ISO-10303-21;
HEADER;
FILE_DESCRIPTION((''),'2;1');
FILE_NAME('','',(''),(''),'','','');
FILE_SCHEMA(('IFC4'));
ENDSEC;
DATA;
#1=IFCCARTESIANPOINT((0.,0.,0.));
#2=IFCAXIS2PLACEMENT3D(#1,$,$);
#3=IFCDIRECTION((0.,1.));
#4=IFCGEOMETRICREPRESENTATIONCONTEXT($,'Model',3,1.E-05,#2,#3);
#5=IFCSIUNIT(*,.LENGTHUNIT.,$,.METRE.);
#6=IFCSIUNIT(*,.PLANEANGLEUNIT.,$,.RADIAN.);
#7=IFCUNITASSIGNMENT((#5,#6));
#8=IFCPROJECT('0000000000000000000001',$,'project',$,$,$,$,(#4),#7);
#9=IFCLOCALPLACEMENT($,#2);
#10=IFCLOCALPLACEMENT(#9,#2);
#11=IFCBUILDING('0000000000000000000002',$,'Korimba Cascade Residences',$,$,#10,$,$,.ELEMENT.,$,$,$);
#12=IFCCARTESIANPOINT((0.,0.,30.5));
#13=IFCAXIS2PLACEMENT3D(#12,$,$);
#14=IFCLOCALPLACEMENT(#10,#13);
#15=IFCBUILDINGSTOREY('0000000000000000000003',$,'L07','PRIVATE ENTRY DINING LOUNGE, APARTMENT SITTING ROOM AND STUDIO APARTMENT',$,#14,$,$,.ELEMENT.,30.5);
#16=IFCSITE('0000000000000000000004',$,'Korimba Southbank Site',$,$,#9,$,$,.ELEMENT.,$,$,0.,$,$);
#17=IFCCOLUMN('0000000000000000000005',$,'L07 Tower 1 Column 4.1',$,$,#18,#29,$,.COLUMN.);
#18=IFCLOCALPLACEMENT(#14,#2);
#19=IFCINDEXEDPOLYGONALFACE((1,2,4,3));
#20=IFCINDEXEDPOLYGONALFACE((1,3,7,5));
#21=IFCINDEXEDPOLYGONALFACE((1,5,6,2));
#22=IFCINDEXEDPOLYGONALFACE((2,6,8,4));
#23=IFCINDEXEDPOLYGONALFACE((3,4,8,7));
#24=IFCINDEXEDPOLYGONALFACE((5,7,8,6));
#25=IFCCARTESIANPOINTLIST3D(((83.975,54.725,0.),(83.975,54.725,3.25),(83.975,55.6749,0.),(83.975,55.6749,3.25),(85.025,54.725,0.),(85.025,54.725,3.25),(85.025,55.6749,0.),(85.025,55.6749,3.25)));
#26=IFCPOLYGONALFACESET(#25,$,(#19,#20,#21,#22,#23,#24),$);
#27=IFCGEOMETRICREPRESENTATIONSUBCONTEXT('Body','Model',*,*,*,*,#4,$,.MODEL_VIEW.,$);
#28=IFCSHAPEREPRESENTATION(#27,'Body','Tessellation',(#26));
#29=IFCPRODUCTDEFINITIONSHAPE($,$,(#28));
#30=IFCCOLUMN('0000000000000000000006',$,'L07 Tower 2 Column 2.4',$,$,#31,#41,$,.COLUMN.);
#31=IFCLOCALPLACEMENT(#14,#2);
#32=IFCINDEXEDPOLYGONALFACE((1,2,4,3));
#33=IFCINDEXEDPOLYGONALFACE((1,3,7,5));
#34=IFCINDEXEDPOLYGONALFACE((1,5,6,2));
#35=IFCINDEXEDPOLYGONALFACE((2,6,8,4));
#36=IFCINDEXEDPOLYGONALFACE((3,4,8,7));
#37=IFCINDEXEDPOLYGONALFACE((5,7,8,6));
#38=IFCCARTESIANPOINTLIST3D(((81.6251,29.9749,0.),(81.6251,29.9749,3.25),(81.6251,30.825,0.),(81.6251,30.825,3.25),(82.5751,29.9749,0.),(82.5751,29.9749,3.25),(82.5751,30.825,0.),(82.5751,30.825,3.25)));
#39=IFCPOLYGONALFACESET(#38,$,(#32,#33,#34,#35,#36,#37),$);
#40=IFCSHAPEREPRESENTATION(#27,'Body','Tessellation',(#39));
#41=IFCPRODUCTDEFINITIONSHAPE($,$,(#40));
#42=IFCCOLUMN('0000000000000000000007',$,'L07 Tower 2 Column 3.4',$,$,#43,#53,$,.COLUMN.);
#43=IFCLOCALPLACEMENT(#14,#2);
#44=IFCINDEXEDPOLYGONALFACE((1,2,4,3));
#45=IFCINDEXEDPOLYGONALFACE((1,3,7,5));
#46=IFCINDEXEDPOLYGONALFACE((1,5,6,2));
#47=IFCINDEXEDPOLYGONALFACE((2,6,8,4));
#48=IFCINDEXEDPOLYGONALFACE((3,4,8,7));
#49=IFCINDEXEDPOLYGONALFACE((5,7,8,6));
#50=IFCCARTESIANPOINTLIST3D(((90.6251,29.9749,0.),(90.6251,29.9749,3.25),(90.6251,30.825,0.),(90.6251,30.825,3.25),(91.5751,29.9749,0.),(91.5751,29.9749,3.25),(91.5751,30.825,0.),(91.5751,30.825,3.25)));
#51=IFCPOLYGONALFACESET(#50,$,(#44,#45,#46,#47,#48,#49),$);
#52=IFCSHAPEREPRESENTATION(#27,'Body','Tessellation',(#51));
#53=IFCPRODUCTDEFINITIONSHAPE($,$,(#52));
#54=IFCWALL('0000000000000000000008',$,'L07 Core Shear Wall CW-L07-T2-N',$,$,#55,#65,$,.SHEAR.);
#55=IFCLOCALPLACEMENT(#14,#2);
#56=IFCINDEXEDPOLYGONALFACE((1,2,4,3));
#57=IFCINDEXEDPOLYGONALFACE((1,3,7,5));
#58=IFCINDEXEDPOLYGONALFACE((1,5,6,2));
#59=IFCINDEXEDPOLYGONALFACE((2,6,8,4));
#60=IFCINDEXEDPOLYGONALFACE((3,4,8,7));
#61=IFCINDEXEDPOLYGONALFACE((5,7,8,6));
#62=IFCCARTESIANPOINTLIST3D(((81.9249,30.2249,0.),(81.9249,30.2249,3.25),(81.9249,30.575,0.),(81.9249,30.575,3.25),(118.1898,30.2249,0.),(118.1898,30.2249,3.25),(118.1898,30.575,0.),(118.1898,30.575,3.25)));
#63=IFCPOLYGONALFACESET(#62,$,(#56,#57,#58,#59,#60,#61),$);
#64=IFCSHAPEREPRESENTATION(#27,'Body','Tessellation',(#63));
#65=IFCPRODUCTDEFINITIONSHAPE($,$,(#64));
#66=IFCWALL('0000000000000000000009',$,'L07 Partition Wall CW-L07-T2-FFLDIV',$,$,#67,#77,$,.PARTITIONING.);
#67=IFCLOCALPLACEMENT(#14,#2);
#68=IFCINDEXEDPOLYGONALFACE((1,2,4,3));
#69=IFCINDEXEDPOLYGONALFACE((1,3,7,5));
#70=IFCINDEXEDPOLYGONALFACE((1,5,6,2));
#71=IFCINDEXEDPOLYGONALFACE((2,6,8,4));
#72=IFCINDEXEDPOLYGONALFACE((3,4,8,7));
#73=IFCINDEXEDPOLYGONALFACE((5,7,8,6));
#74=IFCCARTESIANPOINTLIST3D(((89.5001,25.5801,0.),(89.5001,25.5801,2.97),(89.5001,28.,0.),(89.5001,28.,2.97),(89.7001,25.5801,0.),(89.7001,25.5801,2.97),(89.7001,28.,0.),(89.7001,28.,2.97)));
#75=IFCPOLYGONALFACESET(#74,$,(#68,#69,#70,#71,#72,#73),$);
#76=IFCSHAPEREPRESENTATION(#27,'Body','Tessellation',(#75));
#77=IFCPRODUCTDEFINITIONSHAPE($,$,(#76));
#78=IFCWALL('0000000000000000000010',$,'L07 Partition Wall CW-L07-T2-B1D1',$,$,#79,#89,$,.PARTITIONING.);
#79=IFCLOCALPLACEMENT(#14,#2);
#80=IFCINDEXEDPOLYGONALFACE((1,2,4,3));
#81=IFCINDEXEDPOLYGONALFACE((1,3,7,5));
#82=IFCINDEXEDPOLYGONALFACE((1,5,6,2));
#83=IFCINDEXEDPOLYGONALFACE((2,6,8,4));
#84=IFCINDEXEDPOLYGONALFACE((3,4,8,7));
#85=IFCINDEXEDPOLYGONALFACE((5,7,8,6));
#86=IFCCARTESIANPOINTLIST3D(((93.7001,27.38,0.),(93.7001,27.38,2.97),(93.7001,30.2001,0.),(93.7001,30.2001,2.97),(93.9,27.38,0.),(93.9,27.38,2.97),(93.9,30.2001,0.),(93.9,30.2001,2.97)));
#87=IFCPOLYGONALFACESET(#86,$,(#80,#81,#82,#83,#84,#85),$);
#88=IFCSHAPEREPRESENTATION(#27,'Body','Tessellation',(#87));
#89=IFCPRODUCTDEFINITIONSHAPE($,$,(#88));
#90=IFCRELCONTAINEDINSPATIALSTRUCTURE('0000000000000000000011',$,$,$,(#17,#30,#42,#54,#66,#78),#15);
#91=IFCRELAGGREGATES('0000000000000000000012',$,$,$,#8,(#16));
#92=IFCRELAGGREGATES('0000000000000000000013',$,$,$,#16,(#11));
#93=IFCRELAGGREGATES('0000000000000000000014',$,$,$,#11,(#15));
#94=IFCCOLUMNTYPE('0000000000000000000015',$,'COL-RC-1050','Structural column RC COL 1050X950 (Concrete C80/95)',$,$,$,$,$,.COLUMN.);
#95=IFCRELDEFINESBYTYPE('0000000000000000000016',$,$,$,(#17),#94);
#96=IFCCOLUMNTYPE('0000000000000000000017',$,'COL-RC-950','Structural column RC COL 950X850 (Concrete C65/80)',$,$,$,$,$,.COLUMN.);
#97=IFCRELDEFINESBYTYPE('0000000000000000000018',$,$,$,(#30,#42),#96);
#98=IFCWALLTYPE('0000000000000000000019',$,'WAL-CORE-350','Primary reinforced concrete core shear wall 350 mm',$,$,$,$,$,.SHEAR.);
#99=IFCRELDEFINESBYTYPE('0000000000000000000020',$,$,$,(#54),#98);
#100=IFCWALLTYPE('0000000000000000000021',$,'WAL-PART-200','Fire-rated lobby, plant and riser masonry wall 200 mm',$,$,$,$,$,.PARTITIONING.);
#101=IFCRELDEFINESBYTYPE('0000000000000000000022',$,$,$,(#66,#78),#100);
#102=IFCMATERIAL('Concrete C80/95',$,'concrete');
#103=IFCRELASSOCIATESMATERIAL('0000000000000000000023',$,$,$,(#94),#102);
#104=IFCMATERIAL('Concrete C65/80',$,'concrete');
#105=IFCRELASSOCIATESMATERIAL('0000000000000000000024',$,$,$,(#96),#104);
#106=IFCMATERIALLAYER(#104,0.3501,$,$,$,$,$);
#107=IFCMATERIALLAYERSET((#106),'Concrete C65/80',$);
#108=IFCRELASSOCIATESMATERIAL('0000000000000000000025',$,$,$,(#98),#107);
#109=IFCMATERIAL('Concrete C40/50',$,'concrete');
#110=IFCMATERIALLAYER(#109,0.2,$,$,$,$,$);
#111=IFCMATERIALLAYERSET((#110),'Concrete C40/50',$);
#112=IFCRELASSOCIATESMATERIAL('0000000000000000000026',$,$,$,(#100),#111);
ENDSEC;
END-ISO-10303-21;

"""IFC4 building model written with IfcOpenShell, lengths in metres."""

from ifc_helpers import new_model, si_unit, direction, frame, frame_2d, origin, origin_2d, place, context, subcontext, project, spatial, rectangle, extrude, material, layer, layer_set, material_profile, profile_set, type_object, element, save


model = new_model("IFC4")

# Units and contexts
model_context = context("Model", 3, precision=1e-05, world=origin(), true_north=direction((0.0, 1.0)))
body_context = subcontext(model_context, "Body", "Model", "MODEL_VIEW")
ifc_project = project(units=[si_unit("LENGTHUNIT", "METRE"), si_unit("PLANEANGLEUNIT", "RADIAN")], contexts=[model_context])

# Site, building, storey
site_placement = place(None, origin())
site = spatial("IfcSite", under=ifc_project, at=site_placement, Name="Korimba Southbank Site", CompositionType="ELEMENT", RefElevation=0.0)
building_placement = place(site_placement, origin())
building = spatial("IfcBuilding", under=site, at=building_placement, Name="Korimba Cascade Residences", CompositionType="ELEMENT")
storey_placement = place(building_placement, frame((0.0, 0.0, 30.5)))
storey = spatial("IfcBuildingStorey", under=building, at=storey_placement, Name="L07", Description="PRIVATE ENTRY DINING LOUNGE, APARTMENT SITTING ROOM AND STUDIO APARTMENT", CompositionType="ELEMENT", Elevation=30.5)

# Columns
ifc_material_1 = material(Name="Concrete C80/95", Category="concrete")
ifc_material_profile_1 = material_profile(ifc_material_1, rectangle(XDim=1.05, YDim=0.95, at=origin_2d()), Name="Concrete C80/95")
ifc_profile_set_1 = profile_set([ifc_material_profile_1], Name="Concrete C80/95")
column_type_1 = type_object("IfcColumnType", Name="COL-RC-1050", Description="Structural column RC COL 1050X950 (Concrete C80/95)", PredefinedType="COLUMN", material=ifc_profile_set_1)
column_placement = place(storey_placement, frame((84.5, 55.2, 0.0), z_axis=(0.0, 0.0, 1.0), x_axis=(1.0, 0.0, 0.0)))
element("IfcColumn", 1, at=column_placement, inside=storey, type_object=column_type_1, Name="L07 Tower 1 Column 4.1", PredefinedType="COLUMN", context=body_context, shape_type="SweptSolid", body=[
    extrude(rectangle(XDim=1.05, YDim=0.95, at=origin_2d()), origin(), (0.0, 0.0, 1.0), 3.25),
])
ifc_material_2 = material(Name="Concrete C65/80", Category="concrete")
ifc_material_profile_2 = material_profile(ifc_material_2, rectangle(XDim=0.95, YDim=0.8501, at=origin_2d()), Name="Concrete C65/80")
ifc_profile_set_2 = profile_set([ifc_material_profile_2], Name="Concrete C65/80")
column_type_2 = type_object("IfcColumnType", Name="COL-RC-950", Description="Structural column RC COL 950X850 (Concrete C65/80)", PredefinedType="COLUMN", material=ifc_profile_set_2)
for number, where, z_axis, x_axis, name in (
    (2, (82.1001, 30.3999, 0.0), (0.0, 0.0, 1.0), (1.0, 0.0, 0.0), "L07 Tower 2 Column 2.4"),
    (3, (91.1001, 30.3999, 0.0), (0.0, 0.0, 1.0), (1.0, 0.0, 0.0), "L07 Tower 2 Column 3.4"),
):
    element("IfcColumn", number, at=place(storey_placement, frame(where, z_axis=z_axis, x_axis=x_axis)), inside=storey, type_object=column_type_2, Name=name, PredefinedType="COLUMN", context=body_context, shape_type="SweptSolid", body=[
        extrude(rectangle(XDim=0.95, YDim=0.8501, at=origin_2d()), origin(), (0.0, 0.0, 1.0), 3.25),
    ])

# Walls
ifc_layer_1 = layer(ifc_material_2, 0.3501)
ifc_layer_set_1 = layer_set([ifc_layer_1], Name="Concrete C65/80")
wall_type_1 = type_object("IfcWallType", Name="WAL-CORE-350", Description="Primary reinforced concrete core shear wall 350 mm", PredefinedType="SHEAR", material=ifc_layer_set_1)
wall_1_placement = place(storey_placement, frame((81.925, 30.3999, 0.0), z_axis=(0.0, 0.0, 1.0), x_axis=(1.0, 0.0, 0.0)))
element("IfcWall", 4, at=wall_1_placement, inside=storey, type_object=wall_type_1, Name="L07 Core Shear Wall CW-L07-T2-N", PredefinedType="SHEAR", context=body_context, shape_type="SweptSolid", body=[
    extrude(rectangle(XDim=36.2649, YDim=0.3501, at=frame_2d((18.1323, 0.0))), origin(), (0.0, 0.0, 1.0), 3.25),
])
ifc_material_3 = material(Name="Concrete C40/50", Category="concrete")
ifc_layer_2 = layer(ifc_material_3, 0.2)
ifc_layer_set_2 = layer_set([ifc_layer_2], Name="Concrete C40/50")
wall_type_2 = type_object("IfcWallType", Name="WAL-PART-200", Description="Fire-rated lobby, plant and riser masonry wall 200 mm", PredefinedType="PARTITIONING", material=ifc_layer_set_2)
wall_2_placement = place(storey_placement, frame((89.6001, 25.5801, 0.0), z_axis=(0.0, 0.0, 1.0), x_axis=(0.0, 1.0, 0.0)))
element("IfcWall", 5, at=wall_2_placement, inside=storey, type_object=wall_type_2, Name="L07 Partition Wall CW-L07-T2-FFLDIV", PredefinedType="PARTITIONING", context=body_context, shape_type="SweptSolid", body=[
    extrude(rectangle(XDim=2.4199, YDim=0.2, at=frame_2d((1.21, 0.0))), origin(), (0.0, 0.0, 1.0), 2.97),
])
wall_3_placement = place(storey_placement, frame((93.8, 27.3799, 0.0), z_axis=(0.0, 0.0, 1.0), x_axis=(0.0, 1.0, 0.0)))
element("IfcWall", 6, at=wall_3_placement, inside=storey, type_object=wall_type_2, Name="L07 Partition Wall CW-L07-T2-B1D1", PredefinedType="PARTITIONING", context=body_context, shape_type="SweptSolid", body=[
    extrude(rectangle(XDim=2.8201, YDim=0.2, at=frame_2d((1.4102, 0.0))), origin(), (0.0, 0.0, 1.0), 2.97),
])

save(model, "model.ifc")
